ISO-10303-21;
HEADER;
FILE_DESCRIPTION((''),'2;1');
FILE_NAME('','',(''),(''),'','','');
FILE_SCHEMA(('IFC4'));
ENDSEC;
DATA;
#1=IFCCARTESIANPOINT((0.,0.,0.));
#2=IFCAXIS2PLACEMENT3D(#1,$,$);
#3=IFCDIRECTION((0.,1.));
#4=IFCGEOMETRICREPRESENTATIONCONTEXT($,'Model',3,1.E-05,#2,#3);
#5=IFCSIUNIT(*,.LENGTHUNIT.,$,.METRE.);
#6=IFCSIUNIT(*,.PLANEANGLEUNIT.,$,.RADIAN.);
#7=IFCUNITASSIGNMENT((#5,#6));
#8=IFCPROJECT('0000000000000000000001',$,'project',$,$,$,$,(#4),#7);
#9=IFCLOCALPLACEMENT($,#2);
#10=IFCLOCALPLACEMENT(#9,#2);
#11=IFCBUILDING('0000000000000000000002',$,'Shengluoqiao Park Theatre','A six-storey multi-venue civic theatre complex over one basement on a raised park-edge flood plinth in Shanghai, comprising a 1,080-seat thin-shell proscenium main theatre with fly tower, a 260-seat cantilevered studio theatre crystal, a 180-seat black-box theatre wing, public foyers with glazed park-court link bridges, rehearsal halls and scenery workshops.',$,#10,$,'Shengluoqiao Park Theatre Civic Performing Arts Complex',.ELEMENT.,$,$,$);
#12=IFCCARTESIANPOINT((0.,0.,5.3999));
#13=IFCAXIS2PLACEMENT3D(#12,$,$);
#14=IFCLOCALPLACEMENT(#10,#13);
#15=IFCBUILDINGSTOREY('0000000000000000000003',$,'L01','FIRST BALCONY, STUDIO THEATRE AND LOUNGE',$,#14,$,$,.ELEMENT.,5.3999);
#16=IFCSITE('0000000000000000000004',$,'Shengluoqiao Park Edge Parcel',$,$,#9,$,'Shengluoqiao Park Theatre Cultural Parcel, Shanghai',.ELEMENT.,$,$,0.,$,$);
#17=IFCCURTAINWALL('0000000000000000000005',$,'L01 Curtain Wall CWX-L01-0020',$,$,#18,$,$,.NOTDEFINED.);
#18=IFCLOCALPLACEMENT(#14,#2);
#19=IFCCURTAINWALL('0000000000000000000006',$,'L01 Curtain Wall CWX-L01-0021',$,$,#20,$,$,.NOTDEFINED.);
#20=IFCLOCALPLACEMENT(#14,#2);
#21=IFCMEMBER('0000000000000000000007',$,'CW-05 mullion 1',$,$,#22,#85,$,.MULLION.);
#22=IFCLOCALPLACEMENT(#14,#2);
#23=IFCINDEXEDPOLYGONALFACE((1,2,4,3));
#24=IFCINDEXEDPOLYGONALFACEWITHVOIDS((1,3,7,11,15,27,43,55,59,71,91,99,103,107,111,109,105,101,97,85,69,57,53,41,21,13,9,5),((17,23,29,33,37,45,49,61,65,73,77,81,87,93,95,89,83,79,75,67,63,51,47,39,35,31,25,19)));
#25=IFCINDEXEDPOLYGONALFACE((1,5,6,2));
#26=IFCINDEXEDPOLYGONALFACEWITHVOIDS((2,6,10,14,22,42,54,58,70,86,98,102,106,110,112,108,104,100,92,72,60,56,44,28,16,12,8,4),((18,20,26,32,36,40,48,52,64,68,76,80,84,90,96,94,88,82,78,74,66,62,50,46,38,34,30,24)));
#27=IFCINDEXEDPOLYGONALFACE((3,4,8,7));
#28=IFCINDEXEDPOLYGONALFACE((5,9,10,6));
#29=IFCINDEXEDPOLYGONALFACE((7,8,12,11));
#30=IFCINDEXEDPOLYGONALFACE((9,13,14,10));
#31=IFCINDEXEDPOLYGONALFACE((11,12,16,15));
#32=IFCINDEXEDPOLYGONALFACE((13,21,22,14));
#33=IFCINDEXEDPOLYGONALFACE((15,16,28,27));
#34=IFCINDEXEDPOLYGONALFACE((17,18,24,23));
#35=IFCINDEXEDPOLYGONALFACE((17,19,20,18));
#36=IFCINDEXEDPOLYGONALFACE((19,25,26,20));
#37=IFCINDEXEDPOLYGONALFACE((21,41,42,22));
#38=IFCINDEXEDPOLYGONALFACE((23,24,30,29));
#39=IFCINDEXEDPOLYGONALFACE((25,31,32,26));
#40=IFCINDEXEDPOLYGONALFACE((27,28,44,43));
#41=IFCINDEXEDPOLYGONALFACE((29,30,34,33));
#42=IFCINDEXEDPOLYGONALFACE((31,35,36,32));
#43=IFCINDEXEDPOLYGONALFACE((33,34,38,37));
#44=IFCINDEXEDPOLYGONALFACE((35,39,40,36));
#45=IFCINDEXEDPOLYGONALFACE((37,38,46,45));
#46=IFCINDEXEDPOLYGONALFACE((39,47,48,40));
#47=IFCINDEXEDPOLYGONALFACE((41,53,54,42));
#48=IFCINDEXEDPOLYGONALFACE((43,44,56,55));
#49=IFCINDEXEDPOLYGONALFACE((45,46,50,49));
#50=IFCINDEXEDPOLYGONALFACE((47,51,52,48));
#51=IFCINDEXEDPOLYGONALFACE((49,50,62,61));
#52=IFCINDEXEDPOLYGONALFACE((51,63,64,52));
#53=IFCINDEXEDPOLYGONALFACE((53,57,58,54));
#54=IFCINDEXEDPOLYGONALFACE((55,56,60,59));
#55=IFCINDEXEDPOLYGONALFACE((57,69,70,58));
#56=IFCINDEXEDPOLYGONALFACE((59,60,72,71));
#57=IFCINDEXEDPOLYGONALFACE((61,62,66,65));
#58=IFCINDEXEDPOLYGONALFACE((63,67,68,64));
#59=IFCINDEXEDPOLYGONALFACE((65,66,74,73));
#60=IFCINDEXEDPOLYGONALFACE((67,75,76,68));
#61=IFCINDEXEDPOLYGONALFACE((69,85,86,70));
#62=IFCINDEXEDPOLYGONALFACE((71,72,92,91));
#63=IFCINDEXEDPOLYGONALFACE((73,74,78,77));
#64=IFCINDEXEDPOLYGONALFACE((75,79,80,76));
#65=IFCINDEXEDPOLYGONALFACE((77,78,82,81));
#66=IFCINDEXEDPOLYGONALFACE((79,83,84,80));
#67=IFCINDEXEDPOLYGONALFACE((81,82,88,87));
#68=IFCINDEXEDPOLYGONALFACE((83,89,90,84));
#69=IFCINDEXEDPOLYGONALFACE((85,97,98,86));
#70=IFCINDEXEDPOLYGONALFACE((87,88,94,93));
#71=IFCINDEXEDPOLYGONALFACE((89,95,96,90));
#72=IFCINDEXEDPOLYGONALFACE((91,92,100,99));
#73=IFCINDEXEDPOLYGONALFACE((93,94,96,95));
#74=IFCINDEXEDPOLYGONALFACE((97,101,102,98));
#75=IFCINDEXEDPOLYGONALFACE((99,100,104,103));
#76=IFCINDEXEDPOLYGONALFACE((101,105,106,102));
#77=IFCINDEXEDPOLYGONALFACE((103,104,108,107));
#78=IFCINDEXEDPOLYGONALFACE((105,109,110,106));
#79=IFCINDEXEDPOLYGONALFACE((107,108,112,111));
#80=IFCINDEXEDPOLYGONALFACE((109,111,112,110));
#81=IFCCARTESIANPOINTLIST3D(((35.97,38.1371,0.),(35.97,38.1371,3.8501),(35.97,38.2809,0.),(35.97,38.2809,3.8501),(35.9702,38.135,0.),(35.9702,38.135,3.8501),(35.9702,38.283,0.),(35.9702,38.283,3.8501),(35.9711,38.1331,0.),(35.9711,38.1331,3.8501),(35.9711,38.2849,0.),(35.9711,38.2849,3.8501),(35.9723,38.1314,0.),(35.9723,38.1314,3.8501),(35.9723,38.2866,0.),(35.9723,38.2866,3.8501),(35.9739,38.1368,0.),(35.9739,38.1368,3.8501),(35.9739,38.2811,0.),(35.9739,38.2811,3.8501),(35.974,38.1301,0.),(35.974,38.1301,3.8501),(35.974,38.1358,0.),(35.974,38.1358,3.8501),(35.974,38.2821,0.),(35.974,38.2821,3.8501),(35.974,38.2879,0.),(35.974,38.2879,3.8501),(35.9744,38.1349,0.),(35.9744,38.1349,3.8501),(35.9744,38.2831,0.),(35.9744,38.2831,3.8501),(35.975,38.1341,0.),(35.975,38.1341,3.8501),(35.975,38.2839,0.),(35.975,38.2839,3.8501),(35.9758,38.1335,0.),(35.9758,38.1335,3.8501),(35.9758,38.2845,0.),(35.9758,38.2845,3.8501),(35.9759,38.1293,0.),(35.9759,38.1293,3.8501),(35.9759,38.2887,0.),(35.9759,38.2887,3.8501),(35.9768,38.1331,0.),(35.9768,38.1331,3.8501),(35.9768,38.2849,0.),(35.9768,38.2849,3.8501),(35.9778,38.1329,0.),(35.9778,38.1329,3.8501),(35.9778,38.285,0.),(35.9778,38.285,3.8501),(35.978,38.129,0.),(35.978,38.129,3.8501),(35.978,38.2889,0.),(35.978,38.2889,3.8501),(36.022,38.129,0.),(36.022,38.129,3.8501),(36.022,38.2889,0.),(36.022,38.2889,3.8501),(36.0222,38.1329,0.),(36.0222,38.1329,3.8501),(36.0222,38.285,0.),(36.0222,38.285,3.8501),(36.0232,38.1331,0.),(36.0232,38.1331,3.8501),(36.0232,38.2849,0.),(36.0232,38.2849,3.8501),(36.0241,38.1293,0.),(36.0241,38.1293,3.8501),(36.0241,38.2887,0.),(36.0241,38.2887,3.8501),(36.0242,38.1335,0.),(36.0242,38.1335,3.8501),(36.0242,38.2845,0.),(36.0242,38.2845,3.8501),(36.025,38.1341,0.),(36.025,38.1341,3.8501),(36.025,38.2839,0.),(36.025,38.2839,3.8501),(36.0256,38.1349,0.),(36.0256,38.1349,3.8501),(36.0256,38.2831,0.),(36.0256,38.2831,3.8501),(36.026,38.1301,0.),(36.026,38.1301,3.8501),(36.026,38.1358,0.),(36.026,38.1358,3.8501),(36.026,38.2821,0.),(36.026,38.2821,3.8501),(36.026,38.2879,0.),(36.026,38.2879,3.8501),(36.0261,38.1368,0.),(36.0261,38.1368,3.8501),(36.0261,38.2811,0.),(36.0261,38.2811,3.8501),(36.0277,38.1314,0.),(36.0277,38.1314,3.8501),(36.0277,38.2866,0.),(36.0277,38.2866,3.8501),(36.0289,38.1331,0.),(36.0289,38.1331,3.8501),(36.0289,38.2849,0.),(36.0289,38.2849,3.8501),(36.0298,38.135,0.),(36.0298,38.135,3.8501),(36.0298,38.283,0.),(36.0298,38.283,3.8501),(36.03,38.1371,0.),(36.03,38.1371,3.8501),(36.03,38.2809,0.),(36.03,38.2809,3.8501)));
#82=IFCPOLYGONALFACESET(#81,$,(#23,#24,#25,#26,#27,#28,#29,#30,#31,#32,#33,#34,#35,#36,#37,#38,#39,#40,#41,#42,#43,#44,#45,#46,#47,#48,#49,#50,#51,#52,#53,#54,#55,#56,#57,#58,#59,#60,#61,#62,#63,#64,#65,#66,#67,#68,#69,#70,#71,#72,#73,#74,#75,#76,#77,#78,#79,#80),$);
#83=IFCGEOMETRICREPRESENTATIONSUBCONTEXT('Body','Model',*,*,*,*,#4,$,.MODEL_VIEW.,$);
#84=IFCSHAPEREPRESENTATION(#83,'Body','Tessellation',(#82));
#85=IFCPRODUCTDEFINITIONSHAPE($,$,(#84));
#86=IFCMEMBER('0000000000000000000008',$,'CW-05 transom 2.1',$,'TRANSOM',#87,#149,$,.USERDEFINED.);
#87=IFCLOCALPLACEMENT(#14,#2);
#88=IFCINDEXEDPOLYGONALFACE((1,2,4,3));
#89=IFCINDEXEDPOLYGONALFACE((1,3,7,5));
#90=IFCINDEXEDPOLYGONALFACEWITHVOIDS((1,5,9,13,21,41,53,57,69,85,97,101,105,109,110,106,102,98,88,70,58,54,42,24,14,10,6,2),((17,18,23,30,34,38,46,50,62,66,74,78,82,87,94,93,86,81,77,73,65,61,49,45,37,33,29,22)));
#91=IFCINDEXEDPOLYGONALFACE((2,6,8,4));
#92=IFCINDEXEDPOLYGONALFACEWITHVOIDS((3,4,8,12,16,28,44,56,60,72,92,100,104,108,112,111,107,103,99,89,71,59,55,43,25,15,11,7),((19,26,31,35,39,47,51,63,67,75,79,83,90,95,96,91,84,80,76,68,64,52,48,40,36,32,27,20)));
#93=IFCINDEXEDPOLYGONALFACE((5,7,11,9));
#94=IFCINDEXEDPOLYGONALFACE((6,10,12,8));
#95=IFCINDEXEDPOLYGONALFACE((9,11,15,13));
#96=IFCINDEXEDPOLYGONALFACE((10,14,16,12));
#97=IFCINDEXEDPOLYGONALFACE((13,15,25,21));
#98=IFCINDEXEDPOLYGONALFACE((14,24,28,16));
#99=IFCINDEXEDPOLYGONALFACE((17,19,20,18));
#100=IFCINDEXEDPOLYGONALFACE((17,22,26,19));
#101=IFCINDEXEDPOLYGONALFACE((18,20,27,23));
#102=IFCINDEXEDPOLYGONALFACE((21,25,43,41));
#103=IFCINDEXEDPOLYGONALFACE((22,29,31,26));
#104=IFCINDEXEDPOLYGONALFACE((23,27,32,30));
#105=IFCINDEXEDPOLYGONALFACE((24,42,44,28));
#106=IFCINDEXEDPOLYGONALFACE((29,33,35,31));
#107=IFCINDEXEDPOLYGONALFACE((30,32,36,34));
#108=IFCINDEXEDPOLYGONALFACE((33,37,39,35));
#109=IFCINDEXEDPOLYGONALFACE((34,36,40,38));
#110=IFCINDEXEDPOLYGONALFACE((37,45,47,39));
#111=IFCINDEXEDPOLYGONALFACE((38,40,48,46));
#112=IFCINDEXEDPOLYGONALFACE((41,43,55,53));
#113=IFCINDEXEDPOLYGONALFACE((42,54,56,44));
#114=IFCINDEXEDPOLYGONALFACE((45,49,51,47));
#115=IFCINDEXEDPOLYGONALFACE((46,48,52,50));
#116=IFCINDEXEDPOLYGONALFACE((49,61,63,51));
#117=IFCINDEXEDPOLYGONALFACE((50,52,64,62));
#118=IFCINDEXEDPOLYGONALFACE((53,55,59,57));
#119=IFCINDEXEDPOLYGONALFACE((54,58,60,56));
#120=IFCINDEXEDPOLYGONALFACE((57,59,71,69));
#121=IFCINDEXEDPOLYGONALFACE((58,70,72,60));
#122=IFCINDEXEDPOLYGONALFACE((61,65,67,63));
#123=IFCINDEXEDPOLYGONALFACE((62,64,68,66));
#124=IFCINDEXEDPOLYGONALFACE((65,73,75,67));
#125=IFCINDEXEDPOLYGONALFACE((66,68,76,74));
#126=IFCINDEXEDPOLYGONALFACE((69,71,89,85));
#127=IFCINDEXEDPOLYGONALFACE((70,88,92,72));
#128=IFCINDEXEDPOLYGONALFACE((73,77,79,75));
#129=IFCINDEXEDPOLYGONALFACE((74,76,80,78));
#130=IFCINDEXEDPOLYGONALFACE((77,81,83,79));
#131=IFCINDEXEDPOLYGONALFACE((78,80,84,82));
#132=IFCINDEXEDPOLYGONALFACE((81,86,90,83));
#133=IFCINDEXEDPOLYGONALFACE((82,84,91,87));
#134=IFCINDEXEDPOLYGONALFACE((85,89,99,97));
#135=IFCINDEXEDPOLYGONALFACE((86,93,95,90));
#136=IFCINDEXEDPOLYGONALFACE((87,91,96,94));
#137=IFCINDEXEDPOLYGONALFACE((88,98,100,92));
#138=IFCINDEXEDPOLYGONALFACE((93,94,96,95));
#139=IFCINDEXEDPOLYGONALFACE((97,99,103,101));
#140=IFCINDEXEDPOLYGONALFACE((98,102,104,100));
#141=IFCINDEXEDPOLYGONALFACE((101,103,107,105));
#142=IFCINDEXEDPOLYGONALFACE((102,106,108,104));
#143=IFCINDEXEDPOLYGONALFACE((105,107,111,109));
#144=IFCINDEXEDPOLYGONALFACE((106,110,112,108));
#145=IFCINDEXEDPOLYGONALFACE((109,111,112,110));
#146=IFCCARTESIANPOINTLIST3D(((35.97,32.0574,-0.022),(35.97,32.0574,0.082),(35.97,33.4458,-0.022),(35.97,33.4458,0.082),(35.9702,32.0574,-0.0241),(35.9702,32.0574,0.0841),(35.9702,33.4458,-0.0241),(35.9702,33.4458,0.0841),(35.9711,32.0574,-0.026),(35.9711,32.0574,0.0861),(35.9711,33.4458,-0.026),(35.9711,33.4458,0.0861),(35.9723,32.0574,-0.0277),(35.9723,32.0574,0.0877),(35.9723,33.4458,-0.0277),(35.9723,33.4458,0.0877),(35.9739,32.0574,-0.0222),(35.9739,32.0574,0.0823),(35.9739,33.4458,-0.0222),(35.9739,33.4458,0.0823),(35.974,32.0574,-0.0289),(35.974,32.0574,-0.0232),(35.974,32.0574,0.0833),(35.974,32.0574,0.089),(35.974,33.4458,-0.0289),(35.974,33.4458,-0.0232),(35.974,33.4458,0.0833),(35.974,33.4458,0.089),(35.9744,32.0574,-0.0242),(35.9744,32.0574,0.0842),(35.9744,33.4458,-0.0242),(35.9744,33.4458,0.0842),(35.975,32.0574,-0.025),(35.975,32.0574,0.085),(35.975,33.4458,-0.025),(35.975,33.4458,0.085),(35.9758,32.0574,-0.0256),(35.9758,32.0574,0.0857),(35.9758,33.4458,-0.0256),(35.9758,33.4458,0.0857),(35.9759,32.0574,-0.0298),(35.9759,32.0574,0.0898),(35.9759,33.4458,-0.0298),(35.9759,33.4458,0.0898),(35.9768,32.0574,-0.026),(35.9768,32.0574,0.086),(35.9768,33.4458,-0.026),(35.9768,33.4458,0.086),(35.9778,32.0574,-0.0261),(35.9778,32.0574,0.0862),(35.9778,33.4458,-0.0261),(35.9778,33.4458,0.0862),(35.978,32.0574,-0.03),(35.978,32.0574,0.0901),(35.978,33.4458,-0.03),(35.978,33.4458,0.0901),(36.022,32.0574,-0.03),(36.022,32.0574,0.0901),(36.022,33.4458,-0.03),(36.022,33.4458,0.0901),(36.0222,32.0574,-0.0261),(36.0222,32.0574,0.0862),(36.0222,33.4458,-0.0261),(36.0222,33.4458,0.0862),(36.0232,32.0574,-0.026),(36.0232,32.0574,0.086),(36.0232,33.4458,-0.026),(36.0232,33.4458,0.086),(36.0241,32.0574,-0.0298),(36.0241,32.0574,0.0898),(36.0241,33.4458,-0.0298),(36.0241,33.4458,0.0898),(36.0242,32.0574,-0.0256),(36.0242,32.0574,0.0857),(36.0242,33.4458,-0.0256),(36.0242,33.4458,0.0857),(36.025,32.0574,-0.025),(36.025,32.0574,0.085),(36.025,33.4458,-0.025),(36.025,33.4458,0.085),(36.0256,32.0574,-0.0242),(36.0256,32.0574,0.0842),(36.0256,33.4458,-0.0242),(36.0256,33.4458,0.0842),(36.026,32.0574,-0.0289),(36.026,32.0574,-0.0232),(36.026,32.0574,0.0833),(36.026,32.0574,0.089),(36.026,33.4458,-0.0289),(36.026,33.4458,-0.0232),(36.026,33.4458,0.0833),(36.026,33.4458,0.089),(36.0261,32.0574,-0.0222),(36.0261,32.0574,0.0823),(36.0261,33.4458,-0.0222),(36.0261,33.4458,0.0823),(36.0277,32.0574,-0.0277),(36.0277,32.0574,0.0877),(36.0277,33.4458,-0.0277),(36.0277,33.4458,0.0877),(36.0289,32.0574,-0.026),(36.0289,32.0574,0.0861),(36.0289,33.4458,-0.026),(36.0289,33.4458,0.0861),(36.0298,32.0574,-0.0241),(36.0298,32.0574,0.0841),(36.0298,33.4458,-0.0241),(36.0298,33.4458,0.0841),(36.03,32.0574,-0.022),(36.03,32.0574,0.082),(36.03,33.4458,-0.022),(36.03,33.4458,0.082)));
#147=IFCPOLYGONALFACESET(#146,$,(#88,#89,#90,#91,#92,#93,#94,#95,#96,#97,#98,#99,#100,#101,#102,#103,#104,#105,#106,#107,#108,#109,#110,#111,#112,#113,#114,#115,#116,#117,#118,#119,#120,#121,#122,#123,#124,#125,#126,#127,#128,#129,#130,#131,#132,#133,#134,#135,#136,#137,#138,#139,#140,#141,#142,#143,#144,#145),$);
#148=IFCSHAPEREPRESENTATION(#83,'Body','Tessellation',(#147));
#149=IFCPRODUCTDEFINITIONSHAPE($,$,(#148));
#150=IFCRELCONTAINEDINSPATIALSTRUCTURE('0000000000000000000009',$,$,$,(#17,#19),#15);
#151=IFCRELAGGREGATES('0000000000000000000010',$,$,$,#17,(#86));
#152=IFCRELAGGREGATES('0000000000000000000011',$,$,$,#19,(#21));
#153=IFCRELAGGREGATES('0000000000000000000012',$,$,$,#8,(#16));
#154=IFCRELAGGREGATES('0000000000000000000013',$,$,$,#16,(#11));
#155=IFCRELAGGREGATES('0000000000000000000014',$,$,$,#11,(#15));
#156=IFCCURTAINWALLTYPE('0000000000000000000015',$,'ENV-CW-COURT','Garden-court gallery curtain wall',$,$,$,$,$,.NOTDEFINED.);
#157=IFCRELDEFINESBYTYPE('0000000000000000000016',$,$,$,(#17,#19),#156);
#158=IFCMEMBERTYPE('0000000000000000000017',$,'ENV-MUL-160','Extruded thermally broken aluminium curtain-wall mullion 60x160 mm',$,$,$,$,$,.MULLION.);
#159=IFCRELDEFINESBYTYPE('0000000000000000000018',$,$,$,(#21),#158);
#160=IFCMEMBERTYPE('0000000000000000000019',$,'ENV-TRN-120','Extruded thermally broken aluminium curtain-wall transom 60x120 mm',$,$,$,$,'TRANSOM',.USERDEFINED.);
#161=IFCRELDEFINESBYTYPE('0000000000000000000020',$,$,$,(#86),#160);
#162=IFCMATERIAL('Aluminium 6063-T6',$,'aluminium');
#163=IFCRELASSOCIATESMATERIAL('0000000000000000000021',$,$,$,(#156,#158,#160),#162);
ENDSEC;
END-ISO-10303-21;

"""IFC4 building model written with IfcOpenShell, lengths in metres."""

from ifc_helpers import new_model, si_unit, direction, frame, origin, origin_2d, place, context, subcontext, project, spatial, hollow_rectangle, extrude, material, material_profile, profile_set, type_object, element, aggregate, save


model = new_model("IFC4")

# Units and contexts
model_context = context("Model", 3, precision=1e-05, world=origin(), true_north=direction((0.0, 1.0)))
body_context = subcontext(model_context, "Body", "Model", "MODEL_VIEW")
ifc_project = project(units=[si_unit("LENGTHUNIT", "METRE"), si_unit("PLANEANGLEUNIT", "RADIAN")], contexts=[model_context])

# Site, building, storey
site_placement = place(None, origin())
site = spatial("IfcSite", under=ifc_project, at=site_placement, Name="Shengluoqiao Park Edge Parcel", LongName="Shengluoqiao Park Theatre Cultural Parcel, Shanghai", CompositionType="ELEMENT", RefElevation=0.0)
building_placement = place(site_placement, origin())
building = spatial("IfcBuilding", under=site, at=building_placement, Name="Shengluoqiao Park Theatre", Description="A six-storey multi-venue civic theatre complex over one basement on a raised park-edge flood plinth in Shanghai, comprising a 1,080-seat thin-shell proscenium main theatre with fly tower, a 260-seat cantilevered studio theatre crystal, a 180-seat black-box theatre wing, public foyers with glazed park-court link bridges, rehearsal halls and scenery workshops.", LongName="Shengluoqiao Park Theatre Civic Performing Arts Complex", CompositionType="ELEMENT")
storey_placement = place(building_placement, frame((0.0, 0.0, 5.3999)))
storey = spatial("IfcBuildingStorey", under=building, at=storey_placement, Name="L01", Description="FIRST BALCONY, STUDIO THEATRE AND LOUNGE", CompositionType="ELEMENT", Elevation=5.3999)

# Curtain wall
ifc_material_1 = material(Name="Aluminium 6063-T6", Category="aluminium")
curtain_wall_type = type_object("IfcCurtainWallType", Name="ENV-CW-COURT", Description="Garden-court gallery curtain wall", PredefinedType="NOTDEFINED", material=ifc_material_1)
curtain_wall_1_placement = place(storey_placement, origin())
curtain_wall_1 = element("IfcCurtainWall", 1, at=curtain_wall_1_placement, inside=storey, type_object=curtain_wall_type, Name="L01 Curtain Wall CWX-L01-0020", PredefinedType="NOTDEFINED")
ifc_material_profile_1 = material_profile(ifc_material_1, hollow_rectangle(XDim=0.0601, YDim=0.1599, WallThickness=0.0039, InnerFilletRadius=0.0039, OuterFilletRadius=0.0081, at=origin_2d()), Name="ALU MULLION 160x60x4")
ifc_profile_set_1 = profile_set([ifc_material_profile_1], Name="Aluminium 6063-T6")
member_type_1 = type_object("IfcMemberType", Name="ENV-MUL-160", Description="Extruded thermally broken aluminium curtain-wall mullion 60x160 mm", PredefinedType="MULLION", material=ifc_profile_set_1)

# Curtain wall, member
curtain_wall_2_placement = place(storey_placement, origin())
curtain_wall_2 = element("IfcCurtainWall", 2, at=curtain_wall_2_placement, inside=storey, type_object=curtain_wall_type, Name="L01 Curtain Wall CWX-L01-0021", PredefinedType="NOTDEFINED")
member_1_placement = place(storey_placement, frame((36.0, 38.209, 0.0), z_axis=(0.0, 0.0, 1.0), x_axis=(-1.0, 0.0, 0.0)))
member_1 = element("IfcMember", 3, at=member_1_placement, type_object=member_type_1, Name="CW-05 mullion 1", PredefinedType="MULLION", context=body_context, shape_type="SweptSolid", body=[
    extrude(hollow_rectangle(XDim=0.0601, YDim=0.1599, WallThickness=0.0039, InnerFilletRadius=0.0039, OuterFilletRadius=0.0081, at=origin_2d()), origin(), (0.0, 0.0, 1.0), 3.8501),
])

# Member
ifc_material_profile_2 = material_profile(ifc_material_1, hollow_rectangle(XDim=0.0601, YDim=0.1201, WallThickness=0.0039, InnerFilletRadius=0.0039, OuterFilletRadius=0.0081, at=origin_2d()), Name="ALU TRANSOM 120x60x4")
ifc_profile_set_2 = profile_set([ifc_material_profile_2], Name="Aluminium 6063-T6")
member_type_2 = type_object("IfcMemberType", Name="ENV-TRN-120", Description="Extruded thermally broken aluminium curtain-wall transom 60x120 mm", ElementType="TRANSOM", PredefinedType="USERDEFINED", material=ifc_profile_set_2)
member_2_placement = place(storey_placement, frame((36.0, 32.0574, 0.03), z_axis=(0.0, 1.0, 0.0), x_axis=(-1.0, 0.0, 0.0)))
member_2 = element("IfcMember", 4, at=member_2_placement, type_object=member_type_2, Name="CW-05 transom 2.1", ObjectType="TRANSOM", PredefinedType="USERDEFINED", context=body_context, shape_type="SweptSolid", body=[
    extrude(hollow_rectangle(XDim=0.0601, YDim=0.1201, WallThickness=0.0039, InnerFilletRadius=0.0039, OuterFilletRadius=0.0081, at=origin_2d()), origin(), (0.0, 0.0, 1.0), 1.3884),
])

aggregate(curtain_wall_1, [member_2])
aggregate(curtain_wall_2, [member_1])

save(model, "model.ifc")
